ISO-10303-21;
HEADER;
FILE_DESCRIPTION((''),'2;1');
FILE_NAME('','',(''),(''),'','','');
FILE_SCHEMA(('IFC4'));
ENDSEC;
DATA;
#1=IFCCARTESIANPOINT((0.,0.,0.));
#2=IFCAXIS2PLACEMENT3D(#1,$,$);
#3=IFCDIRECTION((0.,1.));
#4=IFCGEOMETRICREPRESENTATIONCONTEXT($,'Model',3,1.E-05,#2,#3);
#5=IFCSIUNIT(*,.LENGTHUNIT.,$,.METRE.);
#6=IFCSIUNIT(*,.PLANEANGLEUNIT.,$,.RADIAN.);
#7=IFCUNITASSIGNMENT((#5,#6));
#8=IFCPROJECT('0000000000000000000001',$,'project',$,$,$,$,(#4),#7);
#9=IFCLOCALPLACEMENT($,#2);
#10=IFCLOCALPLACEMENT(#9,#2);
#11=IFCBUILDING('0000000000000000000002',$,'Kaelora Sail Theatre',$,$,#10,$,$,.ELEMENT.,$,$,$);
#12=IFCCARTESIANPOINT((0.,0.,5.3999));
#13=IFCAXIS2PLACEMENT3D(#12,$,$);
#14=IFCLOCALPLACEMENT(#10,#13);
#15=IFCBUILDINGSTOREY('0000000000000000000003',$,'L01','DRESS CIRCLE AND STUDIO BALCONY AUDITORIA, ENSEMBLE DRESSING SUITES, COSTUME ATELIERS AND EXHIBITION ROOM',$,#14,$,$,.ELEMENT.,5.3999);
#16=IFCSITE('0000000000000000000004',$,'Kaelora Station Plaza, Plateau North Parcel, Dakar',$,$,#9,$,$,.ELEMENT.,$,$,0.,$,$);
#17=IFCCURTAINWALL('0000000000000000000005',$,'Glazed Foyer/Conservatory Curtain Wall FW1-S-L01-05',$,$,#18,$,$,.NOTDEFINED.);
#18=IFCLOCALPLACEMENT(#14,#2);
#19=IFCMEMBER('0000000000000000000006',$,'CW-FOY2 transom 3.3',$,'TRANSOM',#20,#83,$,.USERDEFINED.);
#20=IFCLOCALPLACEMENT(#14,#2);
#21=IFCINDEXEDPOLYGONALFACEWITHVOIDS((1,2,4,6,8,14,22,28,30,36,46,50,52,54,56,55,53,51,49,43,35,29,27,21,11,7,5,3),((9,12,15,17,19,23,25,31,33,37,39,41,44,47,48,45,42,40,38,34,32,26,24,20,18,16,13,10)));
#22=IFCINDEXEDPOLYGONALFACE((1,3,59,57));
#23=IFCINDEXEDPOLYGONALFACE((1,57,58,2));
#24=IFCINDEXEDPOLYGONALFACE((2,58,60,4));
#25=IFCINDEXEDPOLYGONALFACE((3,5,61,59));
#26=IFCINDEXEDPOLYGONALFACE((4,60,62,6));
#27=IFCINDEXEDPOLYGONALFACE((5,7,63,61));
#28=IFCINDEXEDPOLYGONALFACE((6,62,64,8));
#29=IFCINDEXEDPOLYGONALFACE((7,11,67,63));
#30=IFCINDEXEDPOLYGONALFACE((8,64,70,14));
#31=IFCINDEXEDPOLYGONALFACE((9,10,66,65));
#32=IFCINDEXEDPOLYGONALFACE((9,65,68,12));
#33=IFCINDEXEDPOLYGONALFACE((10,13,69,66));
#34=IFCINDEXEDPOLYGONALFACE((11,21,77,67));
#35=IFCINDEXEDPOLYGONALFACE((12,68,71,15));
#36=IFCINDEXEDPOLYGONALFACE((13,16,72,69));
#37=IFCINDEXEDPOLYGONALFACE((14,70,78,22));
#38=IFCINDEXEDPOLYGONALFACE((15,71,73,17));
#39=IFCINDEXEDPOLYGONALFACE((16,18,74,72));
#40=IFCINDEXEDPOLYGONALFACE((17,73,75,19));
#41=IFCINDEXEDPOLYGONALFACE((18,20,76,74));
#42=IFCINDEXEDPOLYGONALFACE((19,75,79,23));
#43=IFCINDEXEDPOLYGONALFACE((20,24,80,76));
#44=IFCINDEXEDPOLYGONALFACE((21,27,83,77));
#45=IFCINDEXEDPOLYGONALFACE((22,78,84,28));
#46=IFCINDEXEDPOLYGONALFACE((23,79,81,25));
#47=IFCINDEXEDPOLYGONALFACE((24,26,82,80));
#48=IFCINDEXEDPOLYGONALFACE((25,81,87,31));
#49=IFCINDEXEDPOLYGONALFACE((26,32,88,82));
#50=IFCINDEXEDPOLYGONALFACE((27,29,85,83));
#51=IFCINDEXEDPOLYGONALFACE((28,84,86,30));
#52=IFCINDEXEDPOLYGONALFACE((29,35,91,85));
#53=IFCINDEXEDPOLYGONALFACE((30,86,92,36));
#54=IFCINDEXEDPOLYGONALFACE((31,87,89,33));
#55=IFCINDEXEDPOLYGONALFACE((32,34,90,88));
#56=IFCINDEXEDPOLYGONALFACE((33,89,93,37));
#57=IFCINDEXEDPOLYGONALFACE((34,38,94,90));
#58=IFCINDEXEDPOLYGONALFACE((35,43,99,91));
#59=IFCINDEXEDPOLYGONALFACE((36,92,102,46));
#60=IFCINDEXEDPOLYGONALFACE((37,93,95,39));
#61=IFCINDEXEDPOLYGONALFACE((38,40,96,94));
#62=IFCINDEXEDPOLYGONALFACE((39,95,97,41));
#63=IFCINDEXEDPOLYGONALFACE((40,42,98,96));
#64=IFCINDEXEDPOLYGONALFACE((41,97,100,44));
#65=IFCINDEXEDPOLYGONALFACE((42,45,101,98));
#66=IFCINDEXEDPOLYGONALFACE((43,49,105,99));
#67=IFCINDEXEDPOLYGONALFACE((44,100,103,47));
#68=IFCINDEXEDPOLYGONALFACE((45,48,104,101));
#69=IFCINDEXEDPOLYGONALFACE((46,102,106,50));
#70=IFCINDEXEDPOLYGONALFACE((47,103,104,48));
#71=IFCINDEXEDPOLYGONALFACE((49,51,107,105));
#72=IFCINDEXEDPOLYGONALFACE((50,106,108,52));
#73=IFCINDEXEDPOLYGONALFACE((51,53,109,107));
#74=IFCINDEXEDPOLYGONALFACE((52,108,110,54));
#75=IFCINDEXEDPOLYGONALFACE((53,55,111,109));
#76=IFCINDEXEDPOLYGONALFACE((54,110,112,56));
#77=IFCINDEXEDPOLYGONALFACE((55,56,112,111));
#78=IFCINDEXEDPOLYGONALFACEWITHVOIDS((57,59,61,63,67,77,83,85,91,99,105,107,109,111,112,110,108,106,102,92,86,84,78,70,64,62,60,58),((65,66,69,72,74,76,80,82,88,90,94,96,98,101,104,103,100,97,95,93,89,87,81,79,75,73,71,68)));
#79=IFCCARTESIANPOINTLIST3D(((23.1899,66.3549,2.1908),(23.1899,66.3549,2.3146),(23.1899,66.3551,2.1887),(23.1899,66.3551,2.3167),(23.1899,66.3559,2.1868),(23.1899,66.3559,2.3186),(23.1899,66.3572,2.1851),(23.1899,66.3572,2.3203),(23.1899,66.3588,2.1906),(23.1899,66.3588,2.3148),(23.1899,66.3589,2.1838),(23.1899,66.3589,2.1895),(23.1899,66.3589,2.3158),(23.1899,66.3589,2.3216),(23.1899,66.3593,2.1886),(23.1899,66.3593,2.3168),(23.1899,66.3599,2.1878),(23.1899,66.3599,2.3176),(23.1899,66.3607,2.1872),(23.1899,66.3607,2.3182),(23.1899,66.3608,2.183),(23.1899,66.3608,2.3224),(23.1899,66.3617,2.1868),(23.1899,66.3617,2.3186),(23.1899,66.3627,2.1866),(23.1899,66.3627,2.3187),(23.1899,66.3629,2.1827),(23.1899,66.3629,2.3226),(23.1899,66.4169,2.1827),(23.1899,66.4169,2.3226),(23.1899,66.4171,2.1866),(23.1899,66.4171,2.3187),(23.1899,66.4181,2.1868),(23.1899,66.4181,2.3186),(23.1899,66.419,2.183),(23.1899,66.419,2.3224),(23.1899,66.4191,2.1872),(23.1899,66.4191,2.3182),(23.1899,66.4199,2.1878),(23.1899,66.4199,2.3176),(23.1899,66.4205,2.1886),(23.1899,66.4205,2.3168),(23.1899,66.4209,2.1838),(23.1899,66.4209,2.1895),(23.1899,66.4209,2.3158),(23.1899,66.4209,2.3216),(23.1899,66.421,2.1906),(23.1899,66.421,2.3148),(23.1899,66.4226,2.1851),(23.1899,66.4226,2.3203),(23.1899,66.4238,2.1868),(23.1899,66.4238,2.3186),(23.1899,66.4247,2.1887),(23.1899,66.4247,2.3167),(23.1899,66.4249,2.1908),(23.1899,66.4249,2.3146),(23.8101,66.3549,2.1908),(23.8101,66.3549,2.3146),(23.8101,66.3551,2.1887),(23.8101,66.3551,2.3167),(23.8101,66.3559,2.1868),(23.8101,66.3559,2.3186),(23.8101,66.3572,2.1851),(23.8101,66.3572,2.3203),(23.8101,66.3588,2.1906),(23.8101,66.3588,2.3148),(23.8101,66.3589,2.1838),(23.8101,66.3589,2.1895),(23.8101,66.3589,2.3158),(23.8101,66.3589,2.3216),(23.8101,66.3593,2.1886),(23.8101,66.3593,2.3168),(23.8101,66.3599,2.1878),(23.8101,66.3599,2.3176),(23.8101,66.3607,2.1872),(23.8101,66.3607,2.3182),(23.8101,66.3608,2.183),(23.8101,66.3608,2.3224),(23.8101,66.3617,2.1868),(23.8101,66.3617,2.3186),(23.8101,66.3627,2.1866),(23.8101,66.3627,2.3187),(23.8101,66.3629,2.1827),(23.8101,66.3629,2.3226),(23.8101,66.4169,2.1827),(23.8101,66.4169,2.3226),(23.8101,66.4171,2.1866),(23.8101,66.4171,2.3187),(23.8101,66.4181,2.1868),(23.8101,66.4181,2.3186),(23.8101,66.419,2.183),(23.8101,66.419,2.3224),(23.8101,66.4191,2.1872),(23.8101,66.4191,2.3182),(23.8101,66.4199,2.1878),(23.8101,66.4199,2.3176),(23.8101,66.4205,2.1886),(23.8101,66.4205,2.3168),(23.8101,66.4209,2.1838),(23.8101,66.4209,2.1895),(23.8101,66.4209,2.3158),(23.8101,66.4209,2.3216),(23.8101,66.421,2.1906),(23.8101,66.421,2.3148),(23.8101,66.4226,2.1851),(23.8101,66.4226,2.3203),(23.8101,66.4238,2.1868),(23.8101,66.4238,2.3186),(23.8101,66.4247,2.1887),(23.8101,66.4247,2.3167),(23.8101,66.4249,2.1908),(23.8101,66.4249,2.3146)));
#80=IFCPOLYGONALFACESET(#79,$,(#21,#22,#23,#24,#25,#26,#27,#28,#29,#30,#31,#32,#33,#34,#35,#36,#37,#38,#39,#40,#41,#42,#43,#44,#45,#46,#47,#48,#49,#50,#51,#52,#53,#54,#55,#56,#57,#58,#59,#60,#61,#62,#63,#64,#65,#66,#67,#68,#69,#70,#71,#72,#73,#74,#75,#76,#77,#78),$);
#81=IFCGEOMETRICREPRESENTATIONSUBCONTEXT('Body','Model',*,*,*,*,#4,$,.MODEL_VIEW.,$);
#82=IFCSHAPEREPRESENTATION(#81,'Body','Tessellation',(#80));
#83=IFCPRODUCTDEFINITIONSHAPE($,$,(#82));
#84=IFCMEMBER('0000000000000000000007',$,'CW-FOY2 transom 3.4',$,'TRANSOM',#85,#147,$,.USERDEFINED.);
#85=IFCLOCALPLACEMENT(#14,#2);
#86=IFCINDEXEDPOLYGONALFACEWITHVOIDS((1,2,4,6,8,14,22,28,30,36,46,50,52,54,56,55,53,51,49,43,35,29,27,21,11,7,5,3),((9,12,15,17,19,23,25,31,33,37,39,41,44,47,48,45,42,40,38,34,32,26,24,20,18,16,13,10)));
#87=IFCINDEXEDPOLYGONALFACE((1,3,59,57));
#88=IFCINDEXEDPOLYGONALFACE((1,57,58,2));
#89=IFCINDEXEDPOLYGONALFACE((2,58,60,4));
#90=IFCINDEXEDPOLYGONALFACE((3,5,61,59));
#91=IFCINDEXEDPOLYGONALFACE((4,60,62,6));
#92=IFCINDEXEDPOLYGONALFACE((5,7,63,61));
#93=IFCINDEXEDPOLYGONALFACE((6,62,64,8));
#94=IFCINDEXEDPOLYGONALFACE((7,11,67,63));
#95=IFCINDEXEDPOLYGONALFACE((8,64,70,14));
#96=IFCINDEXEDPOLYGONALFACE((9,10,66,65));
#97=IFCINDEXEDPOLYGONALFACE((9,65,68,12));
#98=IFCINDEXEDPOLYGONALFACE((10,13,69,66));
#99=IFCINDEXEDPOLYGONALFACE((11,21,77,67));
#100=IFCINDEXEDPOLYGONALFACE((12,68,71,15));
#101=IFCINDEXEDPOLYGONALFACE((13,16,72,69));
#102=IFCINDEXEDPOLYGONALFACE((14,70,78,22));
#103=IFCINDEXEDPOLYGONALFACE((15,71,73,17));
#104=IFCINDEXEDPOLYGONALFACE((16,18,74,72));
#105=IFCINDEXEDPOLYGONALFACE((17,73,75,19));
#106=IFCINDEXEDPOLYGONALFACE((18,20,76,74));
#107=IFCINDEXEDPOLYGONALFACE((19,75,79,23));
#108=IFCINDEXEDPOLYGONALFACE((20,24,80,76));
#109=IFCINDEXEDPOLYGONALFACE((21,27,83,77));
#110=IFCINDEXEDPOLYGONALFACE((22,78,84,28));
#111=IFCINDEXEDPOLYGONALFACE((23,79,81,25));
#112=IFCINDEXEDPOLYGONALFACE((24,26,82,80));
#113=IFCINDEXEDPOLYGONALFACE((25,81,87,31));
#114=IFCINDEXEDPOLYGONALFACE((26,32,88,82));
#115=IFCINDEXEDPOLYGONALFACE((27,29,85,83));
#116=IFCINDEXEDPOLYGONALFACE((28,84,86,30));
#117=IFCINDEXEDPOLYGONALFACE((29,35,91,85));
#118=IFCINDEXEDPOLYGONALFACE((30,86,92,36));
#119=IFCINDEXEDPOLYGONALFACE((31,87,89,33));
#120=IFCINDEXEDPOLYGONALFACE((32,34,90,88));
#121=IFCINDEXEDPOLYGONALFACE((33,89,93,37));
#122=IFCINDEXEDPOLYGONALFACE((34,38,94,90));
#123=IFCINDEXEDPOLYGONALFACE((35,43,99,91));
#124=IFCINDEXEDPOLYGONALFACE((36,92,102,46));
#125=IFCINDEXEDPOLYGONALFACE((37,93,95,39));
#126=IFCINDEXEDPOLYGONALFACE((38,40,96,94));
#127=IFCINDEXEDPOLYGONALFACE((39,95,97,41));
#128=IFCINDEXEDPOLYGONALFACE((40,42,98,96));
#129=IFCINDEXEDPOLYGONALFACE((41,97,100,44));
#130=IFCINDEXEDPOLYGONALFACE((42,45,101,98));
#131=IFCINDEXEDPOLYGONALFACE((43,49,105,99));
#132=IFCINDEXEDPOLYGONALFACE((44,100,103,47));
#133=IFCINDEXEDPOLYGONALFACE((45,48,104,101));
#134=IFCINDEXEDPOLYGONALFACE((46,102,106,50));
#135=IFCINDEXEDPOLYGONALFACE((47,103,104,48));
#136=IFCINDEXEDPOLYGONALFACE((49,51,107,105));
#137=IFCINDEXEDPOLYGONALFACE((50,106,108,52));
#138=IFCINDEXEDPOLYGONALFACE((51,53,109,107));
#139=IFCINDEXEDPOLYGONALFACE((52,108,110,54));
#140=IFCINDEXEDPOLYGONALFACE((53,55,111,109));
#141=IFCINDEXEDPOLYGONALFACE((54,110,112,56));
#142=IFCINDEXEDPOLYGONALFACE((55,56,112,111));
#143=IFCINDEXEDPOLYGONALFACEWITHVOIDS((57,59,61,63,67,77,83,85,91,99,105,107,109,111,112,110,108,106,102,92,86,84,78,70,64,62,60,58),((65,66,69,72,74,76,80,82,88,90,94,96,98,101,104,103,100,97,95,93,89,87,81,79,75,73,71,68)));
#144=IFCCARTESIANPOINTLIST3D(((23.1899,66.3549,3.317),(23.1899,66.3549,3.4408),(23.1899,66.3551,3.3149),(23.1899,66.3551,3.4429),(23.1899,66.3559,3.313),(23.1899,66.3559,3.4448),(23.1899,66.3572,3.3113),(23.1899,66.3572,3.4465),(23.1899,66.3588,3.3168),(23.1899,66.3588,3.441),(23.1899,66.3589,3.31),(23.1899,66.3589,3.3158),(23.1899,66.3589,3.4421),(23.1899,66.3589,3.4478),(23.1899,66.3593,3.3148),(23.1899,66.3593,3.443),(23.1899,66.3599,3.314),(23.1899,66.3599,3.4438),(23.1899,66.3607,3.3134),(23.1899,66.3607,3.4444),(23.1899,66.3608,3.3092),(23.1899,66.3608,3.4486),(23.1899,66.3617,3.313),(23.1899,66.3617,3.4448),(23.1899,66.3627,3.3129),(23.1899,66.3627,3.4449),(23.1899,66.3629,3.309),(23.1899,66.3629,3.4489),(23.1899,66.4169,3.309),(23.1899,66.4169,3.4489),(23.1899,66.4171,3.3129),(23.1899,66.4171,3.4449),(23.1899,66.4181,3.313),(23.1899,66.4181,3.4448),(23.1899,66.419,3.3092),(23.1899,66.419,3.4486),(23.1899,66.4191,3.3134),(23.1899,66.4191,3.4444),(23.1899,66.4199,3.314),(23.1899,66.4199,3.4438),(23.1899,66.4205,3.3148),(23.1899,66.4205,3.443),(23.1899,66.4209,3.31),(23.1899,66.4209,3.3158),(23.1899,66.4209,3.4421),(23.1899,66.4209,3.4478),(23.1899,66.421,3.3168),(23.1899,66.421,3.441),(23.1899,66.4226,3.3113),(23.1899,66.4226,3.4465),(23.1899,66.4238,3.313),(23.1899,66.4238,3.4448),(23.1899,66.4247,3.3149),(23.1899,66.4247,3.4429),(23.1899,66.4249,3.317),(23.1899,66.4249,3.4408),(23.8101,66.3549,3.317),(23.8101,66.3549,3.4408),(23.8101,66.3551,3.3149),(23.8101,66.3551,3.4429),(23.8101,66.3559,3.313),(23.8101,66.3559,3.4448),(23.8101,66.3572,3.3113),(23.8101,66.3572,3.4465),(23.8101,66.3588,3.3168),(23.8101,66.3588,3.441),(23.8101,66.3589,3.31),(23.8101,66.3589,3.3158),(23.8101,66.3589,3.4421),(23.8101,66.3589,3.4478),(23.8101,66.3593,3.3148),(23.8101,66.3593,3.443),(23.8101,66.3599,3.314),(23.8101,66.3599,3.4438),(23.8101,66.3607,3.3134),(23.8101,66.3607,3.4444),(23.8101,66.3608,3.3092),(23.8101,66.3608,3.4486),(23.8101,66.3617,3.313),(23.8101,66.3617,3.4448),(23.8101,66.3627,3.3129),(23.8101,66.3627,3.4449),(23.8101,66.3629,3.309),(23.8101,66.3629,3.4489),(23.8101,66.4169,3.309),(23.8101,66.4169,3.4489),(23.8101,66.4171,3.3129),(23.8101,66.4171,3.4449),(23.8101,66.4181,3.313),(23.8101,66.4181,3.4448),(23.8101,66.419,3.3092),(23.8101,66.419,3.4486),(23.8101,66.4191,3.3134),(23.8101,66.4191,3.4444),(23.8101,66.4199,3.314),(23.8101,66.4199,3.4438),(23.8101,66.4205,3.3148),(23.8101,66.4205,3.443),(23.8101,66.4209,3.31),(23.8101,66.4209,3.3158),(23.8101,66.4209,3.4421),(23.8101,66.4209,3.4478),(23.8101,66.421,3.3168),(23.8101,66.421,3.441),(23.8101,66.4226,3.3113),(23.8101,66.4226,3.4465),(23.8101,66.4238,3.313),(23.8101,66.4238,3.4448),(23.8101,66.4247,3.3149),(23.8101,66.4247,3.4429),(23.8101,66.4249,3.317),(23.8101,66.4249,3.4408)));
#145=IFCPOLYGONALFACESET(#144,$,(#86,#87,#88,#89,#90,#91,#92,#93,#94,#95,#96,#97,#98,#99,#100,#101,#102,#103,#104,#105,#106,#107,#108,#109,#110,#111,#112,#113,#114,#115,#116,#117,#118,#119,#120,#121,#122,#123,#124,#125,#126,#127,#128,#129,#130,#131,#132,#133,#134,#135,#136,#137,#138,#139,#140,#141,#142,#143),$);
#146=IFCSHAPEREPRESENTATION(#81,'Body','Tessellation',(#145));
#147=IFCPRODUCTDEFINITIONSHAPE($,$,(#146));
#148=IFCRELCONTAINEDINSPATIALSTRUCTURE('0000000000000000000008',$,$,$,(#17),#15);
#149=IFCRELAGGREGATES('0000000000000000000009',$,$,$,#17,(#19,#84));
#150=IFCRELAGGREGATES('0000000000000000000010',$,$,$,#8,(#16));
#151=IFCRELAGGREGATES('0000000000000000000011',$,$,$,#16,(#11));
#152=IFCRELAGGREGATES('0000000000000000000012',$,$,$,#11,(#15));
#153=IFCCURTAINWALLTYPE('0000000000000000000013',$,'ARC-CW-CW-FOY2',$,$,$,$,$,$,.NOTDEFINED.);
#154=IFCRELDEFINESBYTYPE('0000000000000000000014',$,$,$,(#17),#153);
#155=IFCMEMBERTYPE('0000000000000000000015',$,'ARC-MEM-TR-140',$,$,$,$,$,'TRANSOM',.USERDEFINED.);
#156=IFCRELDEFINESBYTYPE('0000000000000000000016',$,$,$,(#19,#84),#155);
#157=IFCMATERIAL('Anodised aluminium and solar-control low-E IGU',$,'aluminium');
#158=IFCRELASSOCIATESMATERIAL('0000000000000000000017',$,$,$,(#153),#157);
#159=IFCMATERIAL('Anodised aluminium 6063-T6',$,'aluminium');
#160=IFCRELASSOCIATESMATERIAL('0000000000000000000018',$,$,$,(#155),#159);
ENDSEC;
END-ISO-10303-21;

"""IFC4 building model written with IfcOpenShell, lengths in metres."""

from ifc_helpers import new_model, si_unit, direction, frame, origin, origin_2d, place, context, subcontext, project, spatial, hollow_rectangle, extrude, material, material_profile, profile_set, type_object, element, aggregate, save


model = new_model("IFC4")

# Units and contexts
model_context = context("Model", 3, precision=1e-05, world=origin(), true_north=direction((0.0, 1.0)))
body_context = subcontext(model_context, "Body", "Model", "MODEL_VIEW")
ifc_project = project(units=[si_unit("LENGTHUNIT", "METRE"), si_unit("PLANEANGLEUNIT", "RADIAN")], contexts=[model_context])

# Site, building, storey
site_placement = place(None, origin())
site = spatial("IfcSite", under=ifc_project, at=site_placement, Name="Kaelora Station Plaza, Plateau North Parcel, Dakar", CompositionType="ELEMENT", RefElevation=0.0)
building_placement = place(site_placement, origin())
building = spatial("IfcBuilding", under=site, at=building_placement, Name="Kaelora Sail Theatre", CompositionType="ELEMENT")
storey_placement = place(building_placement, frame((0.0, 0.0, 5.3999)))
storey = spatial("IfcBuildingStorey", under=building, at=storey_placement, Name="L01", Description="DRESS CIRCLE AND STUDIO BALCONY AUDITORIA, ENSEMBLE DRESSING SUITES, COSTUME ATELIERS AND EXHIBITION ROOM", CompositionType="ELEMENT", Elevation=5.3999)

# Curtain wall, members
ifc_material_1 = material(Name="Anodised aluminium and solar-control low-E IGU", Category="aluminium")
curtain_wall_type = type_object("IfcCurtainWallType", Name="ARC-CW-CW-FOY2", PredefinedType="NOTDEFINED", material=ifc_material_1)
curtain_wall_placement = place(storey_placement, origin())
curtain_wall = element("IfcCurtainWall", 1, at=curtain_wall_placement, inside=storey, type_object=curtain_wall_type, Name="Glazed Foyer/Conservatory Curtain Wall FW1-S-L01-05", PredefinedType="NOTDEFINED")
ifc_material_2 = material(Name="Anodised aluminium 6063-T6", Category="aluminium")
ifc_material_profile_1 = material_profile(ifc_material_2, hollow_rectangle(XDim=0.0701, YDim=0.1399, WallThickness=0.0039, InnerFilletRadius=0.0039, OuterFilletRadius=0.0081, at=origin_2d()), Name="ALU-TRAN 70x140x4")
ifc_profile_set_1 = profile_set([ifc_material_profile_1], Name="Anodised aluminium 6063-T6")
member_type_1 = type_object("IfcMemberType", Name="ARC-MEM-TR-140", ElementType="TRANSOM", PredefinedType="USERDEFINED", material=ifc_profile_set_1)
member_1_placement = place(storey_placement, frame((23.1899, 66.3899, 2.2527), z_axis=(1.0, 0.0, 0.0), x_axis=(0.0, 1.0, 0.0)))
member_1 = element("IfcMember", 2, at=member_1_placement, type_object=member_type_1, Name="CW-FOY2 transom 3.3", ObjectType="TRANSOM", PredefinedType="USERDEFINED", context=body_context, shape_type="SweptSolid", body=[
    extrude(hollow_rectangle(XDim=0.0701, YDim=0.1399, WallThickness=0.0039, InnerFilletRadius=0.0039, OuterFilletRadius=0.0081, at=origin_2d()), origin(), (0.0, 0.0, 1.0), 0.6201),
])
member_2_placement = place(storey_placement, frame((23.1899, 66.3899, 3.3789), z_axis=(1.0, 0.0, 0.0), x_axis=(0.0, 1.0, 0.0)))
member_2 = element("IfcMember", 3, at=member_2_placement, type_object=member_type_1, Name="CW-FOY2 transom 3.4", ObjectType="TRANSOM", PredefinedType="USERDEFINED", context=body_context, shape_type="SweptSolid", body=[
    extrude(hollow_rectangle(XDim=0.0701, YDim=0.1399, WallThickness=0.0039, InnerFilletRadius=0.0039, OuterFilletRadius=0.0081, at=origin_2d()), origin(), (0.0, 0.0, 1.0), 0.6201),
])
aggregate(curtain_wall, [member_1, member_2])

save(model, "model.ifc")
